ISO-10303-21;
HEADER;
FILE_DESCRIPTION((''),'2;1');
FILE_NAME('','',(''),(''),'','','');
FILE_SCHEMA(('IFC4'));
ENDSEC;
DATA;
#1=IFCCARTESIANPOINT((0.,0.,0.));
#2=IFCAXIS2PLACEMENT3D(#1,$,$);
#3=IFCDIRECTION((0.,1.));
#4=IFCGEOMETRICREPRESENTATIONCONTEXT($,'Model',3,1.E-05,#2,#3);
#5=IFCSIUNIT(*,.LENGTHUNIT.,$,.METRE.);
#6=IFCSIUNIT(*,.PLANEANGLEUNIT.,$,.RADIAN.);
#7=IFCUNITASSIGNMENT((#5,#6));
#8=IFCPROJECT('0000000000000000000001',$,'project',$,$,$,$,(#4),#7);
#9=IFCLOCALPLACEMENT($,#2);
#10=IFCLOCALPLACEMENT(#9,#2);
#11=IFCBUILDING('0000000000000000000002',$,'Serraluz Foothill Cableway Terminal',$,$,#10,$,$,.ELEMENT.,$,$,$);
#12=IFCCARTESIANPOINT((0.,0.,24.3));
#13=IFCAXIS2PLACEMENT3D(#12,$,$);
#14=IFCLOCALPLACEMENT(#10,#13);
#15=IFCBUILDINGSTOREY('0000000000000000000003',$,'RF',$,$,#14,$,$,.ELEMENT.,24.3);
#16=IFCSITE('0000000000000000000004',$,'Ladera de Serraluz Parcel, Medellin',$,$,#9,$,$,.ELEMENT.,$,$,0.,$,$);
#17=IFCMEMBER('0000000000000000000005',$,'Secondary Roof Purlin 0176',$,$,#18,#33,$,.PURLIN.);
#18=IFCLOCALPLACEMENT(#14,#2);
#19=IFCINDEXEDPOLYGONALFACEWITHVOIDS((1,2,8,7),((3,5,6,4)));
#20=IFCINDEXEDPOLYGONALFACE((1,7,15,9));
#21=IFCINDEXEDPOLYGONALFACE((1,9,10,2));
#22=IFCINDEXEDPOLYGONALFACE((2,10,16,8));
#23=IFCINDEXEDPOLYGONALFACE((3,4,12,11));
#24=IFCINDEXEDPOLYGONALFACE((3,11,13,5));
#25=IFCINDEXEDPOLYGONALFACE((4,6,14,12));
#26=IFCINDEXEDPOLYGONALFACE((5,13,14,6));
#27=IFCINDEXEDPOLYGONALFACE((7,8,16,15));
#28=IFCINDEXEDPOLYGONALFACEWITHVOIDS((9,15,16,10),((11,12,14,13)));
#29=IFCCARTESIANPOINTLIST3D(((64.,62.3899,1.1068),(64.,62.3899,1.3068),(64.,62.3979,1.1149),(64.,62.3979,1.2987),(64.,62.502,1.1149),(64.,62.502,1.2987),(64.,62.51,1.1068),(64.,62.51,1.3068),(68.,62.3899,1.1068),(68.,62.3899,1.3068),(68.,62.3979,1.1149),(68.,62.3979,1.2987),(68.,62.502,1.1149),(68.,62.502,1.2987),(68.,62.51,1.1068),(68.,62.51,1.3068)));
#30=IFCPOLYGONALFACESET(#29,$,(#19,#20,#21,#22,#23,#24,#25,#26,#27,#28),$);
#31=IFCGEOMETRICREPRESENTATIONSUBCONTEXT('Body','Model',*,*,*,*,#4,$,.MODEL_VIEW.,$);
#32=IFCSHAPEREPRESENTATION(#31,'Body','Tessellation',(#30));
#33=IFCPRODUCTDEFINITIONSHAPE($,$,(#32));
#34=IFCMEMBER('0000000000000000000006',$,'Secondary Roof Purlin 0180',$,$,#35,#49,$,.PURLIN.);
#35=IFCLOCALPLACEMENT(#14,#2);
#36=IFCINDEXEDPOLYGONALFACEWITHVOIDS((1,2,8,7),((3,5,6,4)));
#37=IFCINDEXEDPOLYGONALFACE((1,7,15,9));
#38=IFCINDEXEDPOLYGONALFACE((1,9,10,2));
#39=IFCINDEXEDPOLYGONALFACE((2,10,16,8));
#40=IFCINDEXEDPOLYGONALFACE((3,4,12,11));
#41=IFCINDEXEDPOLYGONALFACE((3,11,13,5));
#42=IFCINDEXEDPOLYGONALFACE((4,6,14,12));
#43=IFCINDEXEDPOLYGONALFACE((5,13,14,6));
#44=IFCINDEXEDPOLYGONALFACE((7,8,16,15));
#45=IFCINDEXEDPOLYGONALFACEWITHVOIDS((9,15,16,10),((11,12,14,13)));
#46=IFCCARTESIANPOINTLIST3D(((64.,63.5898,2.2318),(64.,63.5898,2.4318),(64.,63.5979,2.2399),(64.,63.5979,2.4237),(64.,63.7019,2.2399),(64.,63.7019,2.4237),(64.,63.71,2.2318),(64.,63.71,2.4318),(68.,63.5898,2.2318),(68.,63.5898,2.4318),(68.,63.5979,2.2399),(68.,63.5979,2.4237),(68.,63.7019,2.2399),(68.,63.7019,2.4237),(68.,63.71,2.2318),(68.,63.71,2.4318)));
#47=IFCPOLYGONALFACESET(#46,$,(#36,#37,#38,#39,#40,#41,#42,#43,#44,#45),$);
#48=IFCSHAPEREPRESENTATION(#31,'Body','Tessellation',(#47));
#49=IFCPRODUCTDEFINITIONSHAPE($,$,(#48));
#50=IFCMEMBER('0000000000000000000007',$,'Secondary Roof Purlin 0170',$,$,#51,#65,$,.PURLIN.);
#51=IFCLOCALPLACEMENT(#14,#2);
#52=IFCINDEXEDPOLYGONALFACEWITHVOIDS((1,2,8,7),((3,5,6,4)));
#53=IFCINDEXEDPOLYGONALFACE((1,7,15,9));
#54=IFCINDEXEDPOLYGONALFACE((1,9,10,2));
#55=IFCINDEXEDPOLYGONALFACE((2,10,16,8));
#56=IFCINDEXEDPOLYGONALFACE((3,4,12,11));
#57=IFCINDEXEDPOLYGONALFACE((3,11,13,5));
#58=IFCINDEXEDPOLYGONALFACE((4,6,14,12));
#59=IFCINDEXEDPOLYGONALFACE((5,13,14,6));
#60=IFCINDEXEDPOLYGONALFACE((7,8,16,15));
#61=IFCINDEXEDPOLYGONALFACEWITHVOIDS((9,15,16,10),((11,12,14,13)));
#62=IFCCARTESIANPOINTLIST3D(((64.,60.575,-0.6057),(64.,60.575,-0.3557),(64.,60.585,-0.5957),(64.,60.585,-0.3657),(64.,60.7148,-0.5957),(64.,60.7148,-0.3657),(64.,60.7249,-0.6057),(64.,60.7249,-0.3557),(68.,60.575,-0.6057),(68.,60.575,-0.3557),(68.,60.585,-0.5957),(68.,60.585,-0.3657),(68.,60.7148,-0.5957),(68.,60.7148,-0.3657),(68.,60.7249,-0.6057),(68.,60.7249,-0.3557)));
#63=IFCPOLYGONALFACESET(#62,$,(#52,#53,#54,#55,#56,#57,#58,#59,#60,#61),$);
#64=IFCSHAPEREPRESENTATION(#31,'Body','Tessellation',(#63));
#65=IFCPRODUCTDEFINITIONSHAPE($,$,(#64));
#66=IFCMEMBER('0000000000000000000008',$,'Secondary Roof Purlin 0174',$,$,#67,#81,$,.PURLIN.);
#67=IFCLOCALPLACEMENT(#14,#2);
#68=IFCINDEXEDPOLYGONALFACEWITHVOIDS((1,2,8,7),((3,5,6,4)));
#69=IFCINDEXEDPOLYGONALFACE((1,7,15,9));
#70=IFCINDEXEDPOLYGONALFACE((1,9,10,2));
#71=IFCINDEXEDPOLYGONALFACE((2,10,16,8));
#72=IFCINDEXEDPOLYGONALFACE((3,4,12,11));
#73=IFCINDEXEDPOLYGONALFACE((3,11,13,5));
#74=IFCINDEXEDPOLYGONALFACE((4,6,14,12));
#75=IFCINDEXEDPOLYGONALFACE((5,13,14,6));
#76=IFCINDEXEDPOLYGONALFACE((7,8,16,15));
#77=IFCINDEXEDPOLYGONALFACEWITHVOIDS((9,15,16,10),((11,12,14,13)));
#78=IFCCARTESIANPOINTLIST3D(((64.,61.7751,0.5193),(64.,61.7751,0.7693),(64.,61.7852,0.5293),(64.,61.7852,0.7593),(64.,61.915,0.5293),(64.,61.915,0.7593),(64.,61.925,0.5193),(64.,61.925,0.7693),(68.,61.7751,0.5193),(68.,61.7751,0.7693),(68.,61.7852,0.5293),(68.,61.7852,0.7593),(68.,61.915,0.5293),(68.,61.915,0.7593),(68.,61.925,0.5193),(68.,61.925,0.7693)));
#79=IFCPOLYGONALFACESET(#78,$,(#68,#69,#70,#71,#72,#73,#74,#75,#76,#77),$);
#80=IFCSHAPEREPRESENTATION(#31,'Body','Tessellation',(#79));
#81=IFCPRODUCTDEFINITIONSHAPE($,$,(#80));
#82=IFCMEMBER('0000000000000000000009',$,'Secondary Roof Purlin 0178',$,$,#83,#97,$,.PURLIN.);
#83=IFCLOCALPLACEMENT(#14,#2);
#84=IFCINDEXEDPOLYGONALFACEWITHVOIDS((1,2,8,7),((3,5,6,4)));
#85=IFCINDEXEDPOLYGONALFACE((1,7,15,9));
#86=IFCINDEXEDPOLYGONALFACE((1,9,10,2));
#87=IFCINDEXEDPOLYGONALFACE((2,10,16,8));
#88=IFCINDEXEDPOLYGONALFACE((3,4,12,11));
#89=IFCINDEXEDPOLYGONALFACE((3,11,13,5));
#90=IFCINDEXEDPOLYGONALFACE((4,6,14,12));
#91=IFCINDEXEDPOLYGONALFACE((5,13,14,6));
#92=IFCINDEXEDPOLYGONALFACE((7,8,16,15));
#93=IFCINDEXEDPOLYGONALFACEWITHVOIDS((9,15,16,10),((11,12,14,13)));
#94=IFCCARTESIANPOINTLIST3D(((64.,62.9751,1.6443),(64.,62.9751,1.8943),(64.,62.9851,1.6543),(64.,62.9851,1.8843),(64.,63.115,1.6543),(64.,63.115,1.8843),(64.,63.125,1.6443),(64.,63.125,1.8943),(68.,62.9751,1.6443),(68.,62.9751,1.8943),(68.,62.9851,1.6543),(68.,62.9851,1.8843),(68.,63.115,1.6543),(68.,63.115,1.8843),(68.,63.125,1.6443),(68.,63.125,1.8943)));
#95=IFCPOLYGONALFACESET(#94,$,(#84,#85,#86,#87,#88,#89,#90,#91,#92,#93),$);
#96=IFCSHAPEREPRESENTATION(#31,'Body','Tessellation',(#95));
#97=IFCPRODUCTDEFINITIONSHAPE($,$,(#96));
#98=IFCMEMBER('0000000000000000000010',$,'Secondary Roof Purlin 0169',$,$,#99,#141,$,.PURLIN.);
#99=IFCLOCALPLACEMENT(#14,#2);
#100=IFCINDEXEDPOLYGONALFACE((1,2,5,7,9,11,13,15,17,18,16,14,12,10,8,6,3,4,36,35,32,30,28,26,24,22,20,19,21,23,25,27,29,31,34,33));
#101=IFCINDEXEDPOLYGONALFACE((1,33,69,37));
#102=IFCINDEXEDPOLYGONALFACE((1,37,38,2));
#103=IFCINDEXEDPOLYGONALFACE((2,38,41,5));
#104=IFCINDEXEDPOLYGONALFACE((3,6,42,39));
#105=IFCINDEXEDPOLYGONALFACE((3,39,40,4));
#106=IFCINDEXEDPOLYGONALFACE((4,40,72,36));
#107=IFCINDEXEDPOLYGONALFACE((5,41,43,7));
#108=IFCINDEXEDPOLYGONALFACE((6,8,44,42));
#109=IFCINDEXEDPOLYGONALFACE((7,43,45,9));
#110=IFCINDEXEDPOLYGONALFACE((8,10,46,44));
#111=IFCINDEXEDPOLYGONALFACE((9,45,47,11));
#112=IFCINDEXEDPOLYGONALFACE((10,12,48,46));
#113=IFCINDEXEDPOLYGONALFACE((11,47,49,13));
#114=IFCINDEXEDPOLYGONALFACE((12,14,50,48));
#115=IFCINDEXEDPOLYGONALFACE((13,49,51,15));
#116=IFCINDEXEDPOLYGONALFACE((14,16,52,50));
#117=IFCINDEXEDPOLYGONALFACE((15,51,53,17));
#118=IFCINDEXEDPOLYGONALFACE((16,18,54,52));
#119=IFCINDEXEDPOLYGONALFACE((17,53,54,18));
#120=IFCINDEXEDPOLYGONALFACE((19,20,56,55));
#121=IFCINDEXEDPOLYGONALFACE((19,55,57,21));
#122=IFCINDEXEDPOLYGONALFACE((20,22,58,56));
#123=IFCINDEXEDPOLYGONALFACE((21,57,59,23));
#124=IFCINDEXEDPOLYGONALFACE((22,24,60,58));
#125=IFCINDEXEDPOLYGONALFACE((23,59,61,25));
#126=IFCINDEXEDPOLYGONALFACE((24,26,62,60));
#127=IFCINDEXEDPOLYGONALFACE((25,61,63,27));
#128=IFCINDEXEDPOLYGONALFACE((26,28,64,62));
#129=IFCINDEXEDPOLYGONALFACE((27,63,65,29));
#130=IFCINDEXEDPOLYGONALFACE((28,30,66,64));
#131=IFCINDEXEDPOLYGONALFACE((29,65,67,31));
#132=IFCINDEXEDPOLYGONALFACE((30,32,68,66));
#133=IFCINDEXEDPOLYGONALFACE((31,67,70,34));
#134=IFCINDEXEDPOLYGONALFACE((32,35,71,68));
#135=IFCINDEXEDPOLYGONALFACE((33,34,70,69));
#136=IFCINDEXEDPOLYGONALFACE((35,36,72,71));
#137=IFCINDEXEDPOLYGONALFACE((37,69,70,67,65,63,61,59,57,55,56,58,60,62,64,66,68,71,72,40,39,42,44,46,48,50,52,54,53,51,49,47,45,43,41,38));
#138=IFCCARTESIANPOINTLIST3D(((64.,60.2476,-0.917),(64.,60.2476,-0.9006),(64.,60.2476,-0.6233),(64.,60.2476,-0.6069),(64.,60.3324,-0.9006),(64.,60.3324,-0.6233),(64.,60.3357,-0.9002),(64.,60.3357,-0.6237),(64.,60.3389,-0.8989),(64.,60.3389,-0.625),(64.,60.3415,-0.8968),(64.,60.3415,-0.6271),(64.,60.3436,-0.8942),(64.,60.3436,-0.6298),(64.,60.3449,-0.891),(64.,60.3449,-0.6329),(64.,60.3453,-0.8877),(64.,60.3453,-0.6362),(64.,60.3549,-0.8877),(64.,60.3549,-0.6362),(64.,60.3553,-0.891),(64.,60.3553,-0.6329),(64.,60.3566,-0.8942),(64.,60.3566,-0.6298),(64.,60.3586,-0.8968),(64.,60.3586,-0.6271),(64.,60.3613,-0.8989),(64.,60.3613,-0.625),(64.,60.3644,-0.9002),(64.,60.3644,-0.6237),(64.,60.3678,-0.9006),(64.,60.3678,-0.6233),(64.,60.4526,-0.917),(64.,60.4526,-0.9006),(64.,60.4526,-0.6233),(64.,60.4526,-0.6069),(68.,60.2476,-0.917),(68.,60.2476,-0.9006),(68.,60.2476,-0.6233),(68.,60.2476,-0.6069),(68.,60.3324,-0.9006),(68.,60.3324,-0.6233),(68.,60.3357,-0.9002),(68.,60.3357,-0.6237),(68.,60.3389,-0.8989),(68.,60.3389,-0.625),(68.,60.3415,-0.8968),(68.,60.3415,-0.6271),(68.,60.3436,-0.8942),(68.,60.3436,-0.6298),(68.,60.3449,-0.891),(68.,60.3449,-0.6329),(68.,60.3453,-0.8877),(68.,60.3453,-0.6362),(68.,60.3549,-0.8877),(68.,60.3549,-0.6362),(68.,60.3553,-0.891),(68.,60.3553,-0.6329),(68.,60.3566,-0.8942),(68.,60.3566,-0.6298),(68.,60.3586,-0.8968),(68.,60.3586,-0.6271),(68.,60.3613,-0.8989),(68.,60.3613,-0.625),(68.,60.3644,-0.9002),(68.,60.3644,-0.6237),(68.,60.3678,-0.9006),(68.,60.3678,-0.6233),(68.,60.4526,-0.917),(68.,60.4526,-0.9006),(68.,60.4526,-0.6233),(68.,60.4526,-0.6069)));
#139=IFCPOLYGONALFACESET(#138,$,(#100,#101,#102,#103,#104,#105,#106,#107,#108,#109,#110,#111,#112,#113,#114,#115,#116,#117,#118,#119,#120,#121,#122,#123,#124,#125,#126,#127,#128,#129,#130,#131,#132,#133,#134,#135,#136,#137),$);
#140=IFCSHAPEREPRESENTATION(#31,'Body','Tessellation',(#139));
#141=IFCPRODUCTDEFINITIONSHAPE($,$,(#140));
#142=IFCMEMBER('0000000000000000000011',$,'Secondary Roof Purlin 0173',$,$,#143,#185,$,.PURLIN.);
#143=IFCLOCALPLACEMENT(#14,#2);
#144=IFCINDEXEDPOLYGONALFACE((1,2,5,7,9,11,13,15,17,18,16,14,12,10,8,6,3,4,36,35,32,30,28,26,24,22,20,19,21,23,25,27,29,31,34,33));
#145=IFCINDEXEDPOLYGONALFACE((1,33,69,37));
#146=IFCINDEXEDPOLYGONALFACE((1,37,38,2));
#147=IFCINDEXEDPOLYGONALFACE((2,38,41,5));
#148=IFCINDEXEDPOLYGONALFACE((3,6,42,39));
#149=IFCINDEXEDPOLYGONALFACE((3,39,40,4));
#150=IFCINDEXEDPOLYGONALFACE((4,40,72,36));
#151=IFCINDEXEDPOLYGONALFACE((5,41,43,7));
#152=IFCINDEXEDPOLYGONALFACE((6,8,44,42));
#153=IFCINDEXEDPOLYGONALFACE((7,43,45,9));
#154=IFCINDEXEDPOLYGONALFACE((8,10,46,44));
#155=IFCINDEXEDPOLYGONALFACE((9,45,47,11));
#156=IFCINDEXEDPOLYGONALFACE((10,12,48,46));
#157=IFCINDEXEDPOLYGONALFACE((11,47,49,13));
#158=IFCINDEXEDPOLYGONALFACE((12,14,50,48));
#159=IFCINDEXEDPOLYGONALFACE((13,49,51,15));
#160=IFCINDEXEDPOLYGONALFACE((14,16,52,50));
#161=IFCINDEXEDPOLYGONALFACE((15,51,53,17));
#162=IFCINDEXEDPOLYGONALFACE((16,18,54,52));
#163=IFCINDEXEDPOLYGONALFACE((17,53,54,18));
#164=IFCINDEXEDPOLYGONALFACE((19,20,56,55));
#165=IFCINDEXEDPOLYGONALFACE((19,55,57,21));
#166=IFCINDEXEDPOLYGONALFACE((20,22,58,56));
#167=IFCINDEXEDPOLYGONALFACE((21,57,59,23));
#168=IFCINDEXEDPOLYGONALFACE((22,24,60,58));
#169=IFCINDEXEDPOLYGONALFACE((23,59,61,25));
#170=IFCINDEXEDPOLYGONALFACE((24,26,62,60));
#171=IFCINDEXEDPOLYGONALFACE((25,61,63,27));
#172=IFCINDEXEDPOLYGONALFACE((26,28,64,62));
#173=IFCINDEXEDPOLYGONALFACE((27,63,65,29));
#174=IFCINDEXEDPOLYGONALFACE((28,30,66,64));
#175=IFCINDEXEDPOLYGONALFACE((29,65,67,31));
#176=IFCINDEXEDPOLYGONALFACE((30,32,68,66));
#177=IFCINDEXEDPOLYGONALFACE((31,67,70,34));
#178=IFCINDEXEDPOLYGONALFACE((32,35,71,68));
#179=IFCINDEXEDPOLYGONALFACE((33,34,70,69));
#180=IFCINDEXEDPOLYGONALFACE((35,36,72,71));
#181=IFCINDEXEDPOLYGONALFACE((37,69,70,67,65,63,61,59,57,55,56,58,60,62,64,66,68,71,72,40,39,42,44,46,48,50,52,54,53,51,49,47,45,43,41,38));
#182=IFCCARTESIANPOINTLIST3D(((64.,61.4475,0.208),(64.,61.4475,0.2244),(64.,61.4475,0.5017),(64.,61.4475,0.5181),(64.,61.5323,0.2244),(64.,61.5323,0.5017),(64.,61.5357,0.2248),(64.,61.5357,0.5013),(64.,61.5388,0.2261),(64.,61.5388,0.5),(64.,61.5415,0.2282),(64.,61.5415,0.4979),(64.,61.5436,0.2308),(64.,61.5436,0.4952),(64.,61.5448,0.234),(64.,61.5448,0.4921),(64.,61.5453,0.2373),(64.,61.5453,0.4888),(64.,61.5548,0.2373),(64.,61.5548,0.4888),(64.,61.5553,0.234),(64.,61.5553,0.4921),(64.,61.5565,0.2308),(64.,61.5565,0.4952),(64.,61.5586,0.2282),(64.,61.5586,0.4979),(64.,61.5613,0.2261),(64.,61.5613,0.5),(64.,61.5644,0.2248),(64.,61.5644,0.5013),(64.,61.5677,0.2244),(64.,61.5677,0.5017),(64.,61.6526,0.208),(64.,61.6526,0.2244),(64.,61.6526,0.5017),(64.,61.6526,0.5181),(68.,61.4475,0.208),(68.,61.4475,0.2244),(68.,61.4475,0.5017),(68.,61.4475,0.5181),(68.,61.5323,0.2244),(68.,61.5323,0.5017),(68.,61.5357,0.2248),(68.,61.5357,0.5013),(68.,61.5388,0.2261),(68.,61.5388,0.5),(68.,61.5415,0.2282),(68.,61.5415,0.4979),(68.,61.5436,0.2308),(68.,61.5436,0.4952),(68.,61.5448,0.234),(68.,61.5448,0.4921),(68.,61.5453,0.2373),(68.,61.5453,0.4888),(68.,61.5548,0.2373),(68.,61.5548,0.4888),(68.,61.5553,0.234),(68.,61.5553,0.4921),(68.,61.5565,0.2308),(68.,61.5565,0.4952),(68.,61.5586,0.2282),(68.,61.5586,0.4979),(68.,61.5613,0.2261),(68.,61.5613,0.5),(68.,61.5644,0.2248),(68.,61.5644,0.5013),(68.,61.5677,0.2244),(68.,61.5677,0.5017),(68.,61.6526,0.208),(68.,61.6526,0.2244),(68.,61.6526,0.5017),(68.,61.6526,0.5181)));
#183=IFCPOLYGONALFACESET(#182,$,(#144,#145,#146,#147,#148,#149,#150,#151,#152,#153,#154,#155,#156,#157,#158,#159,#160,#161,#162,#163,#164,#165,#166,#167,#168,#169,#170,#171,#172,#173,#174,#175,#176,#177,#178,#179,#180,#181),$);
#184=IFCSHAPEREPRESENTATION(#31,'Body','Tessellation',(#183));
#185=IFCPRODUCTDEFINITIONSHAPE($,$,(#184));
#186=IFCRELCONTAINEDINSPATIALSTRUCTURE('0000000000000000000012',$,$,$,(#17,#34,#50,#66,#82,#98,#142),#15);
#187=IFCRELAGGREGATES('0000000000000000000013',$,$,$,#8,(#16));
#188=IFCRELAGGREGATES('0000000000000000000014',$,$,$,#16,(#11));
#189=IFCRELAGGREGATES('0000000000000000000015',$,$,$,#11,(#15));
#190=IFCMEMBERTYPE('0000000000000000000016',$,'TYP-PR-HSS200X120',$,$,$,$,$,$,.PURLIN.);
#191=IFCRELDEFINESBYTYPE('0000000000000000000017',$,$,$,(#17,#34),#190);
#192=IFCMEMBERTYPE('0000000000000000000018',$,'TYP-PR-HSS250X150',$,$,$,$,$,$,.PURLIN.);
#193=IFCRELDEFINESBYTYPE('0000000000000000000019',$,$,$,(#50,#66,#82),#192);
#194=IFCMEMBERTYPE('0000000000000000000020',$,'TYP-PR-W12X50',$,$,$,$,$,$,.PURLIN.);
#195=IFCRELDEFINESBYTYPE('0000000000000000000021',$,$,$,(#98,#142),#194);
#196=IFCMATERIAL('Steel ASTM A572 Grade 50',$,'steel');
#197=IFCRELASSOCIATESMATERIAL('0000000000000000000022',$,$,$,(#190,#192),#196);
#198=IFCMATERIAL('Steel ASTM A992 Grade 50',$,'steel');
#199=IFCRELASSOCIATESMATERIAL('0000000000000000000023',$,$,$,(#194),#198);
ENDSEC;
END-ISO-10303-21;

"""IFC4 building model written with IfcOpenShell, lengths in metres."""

from ifc_helpers import new_model, si_unit, direction, frame, origin, origin_2d, place, context, subcontext, project, spatial, hollow_rectangle, i_section, extrude, material, material_profile, profile_set, type_object, element, save


model = new_model("IFC4")

# Units and contexts
model_context = context("Model", 3, precision=1e-05, world=origin(), true_north=direction((0.0, 1.0)))
body_context = subcontext(model_context, "Body", "Model", "MODEL_VIEW")
ifc_project = project(units=[si_unit("LENGTHUNIT", "METRE"), si_unit("PLANEANGLEUNIT", "RADIAN")], contexts=[model_context])

# Site, building, storey
site_placement = place(None, origin())
site = spatial("IfcSite", under=ifc_project, at=site_placement, Name="Ladera de Serraluz Parcel, Medellin", CompositionType="ELEMENT", RefElevation=0.0)
building_placement = place(site_placement, origin())
building = spatial("IfcBuilding", under=site, at=building_placement, Name="Serraluz Foothill Cableway Terminal", CompositionType="ELEMENT")
storey_placement = place(building_placement, frame((0.0, 0.0, 24.3)))
storey = spatial("IfcBuildingStorey", under=building, at=storey_placement, Name="RF", CompositionType="ELEMENT", Elevation=24.3)

# Members
ifc_material_1 = material(Name="Steel ASTM A572 Grade 50", Category="steel")
ifc_material_profile_1 = material_profile(ifc_material_1, hollow_rectangle(XDim=0.1201, YDim=0.2, WallThickness=0.0081, at=origin_2d()), Name="HSS200X120X8")
ifc_profile_set_1 = profile_set([ifc_material_profile_1], Name="Steel ASTM A572 Grade 50")
member_type_1 = type_object("IfcMemberType", Name="TYP-PR-HSS200X120", PredefinedType="PURLIN", material=ifc_profile_set_1)
for number, where, z_axis, x_axis, name in (
    (1, (64.0, 62.45, 1.2068), (1.0, 0.0, 0.0), (0.0, 1.0, 0.0), "Secondary Roof Purlin 0176"),
    (2, (64.0, 63.6499, 2.3318), (1.0, 0.0, 0.0), (0.0, 1.0, 0.0), "Secondary Roof Purlin 0180"),
):
    element("IfcMember", number, at=place(storey_placement, frame(where, z_axis=z_axis, x_axis=x_axis)), inside=storey, type_object=member_type_1, Name=name, PredefinedType="PURLIN", context=body_context, shape_type="SweptSolid", body=[
        extrude(hollow_rectangle(XDim=0.1201, YDim=0.2, WallThickness=0.0081, at=origin_2d()), origin(), (0.0, 0.0, 1.0), 4.0),
    ])
ifc_material_profile_2 = material_profile(ifc_material_1, hollow_rectangle(XDim=0.1499, YDim=0.25, WallThickness=0.01, at=origin_2d()), Name="HSS250X150X10")
ifc_profile_set_2 = profile_set([ifc_material_profile_2], Name="Steel ASTM A572 Grade 50")
member_type_2 = type_object("IfcMemberType", Name="TYP-PR-HSS250X150", PredefinedType="PURLIN", material=ifc_profile_set_2)
for number, where, z_axis, x_axis, name in (
    (3, (64.0, 60.6499, -0.4807), (1.0, 0.0, 0.0), (0.0, 1.0, 0.0), "Secondary Roof Purlin 0170"),
    (4, (64.0, 61.8501, 0.6443), (1.0, 0.0, 0.0), (0.0, 1.0, 0.0), "Secondary Roof Purlin 0174"),
    (5, (64.0, 63.05, 1.7693), (1.0, 0.0, 0.0), (0.0, 1.0, 0.0), "Secondary Roof Purlin 0178"),
):
    element("IfcMember", number, at=place(storey_placement, frame(where, z_axis=z_axis, x_axis=x_axis)), inside=storey, type_object=member_type_2, Name=name, PredefinedType="PURLIN", context=body_context, shape_type="SweptSolid", body=[
        extrude(hollow_rectangle(XDim=0.1499, YDim=0.25, WallThickness=0.01, at=origin_2d()), origin(), (0.0, 0.0, 1.0), 4.0),
    ])
ifc_material_2 = material(Name="Steel ASTM A992 Grade 50", Category="steel")
ifc_material_profile_3 = material_profile(ifc_material_2, i_section(OverallWidth=0.2051, OverallDepth=0.3101, WebThickness=0.0095, FlangeThickness=0.0164, FilletRadius=0.0129, at=origin_2d()), Name="W12X50")
ifc_profile_set_3 = profile_set([ifc_material_profile_3], Name="Steel ASTM A992 Grade 50")
member_type_3 = type_object("IfcMemberType", Name="TYP-PR-W12X50", PredefinedType="PURLIN", material=ifc_profile_set_3)
for number, where, z_axis, x_axis, name in (
    (6, (64.0, 60.3501, -0.762), (1.0, 0.0, 0.0), (0.0, 1.0, 0.0), "Secondary Roof Purlin 0169"),
    (7, (64.0, 61.55, 0.363), (1.0, 0.0, 0.0), (0.0, 1.0, 0.0), "Secondary Roof Purlin 0173"),
):
    element("IfcMember", number, at=place(storey_placement, frame(where, z_axis=z_axis, x_axis=x_axis)), inside=storey, type_object=member_type_3, Name=name, PredefinedType="PURLIN", context=body_context, shape_type="SweptSolid", body=[
        extrude(i_section(OverallWidth=0.2051, OverallDepth=0.3101, WebThickness=0.0095, FlangeThickness=0.0164, FilletRadius=0.0129, at=origin_2d()), origin(), (0.0, 0.0, 1.0), 4.0),
    ])

save(model, "model.ifc")
